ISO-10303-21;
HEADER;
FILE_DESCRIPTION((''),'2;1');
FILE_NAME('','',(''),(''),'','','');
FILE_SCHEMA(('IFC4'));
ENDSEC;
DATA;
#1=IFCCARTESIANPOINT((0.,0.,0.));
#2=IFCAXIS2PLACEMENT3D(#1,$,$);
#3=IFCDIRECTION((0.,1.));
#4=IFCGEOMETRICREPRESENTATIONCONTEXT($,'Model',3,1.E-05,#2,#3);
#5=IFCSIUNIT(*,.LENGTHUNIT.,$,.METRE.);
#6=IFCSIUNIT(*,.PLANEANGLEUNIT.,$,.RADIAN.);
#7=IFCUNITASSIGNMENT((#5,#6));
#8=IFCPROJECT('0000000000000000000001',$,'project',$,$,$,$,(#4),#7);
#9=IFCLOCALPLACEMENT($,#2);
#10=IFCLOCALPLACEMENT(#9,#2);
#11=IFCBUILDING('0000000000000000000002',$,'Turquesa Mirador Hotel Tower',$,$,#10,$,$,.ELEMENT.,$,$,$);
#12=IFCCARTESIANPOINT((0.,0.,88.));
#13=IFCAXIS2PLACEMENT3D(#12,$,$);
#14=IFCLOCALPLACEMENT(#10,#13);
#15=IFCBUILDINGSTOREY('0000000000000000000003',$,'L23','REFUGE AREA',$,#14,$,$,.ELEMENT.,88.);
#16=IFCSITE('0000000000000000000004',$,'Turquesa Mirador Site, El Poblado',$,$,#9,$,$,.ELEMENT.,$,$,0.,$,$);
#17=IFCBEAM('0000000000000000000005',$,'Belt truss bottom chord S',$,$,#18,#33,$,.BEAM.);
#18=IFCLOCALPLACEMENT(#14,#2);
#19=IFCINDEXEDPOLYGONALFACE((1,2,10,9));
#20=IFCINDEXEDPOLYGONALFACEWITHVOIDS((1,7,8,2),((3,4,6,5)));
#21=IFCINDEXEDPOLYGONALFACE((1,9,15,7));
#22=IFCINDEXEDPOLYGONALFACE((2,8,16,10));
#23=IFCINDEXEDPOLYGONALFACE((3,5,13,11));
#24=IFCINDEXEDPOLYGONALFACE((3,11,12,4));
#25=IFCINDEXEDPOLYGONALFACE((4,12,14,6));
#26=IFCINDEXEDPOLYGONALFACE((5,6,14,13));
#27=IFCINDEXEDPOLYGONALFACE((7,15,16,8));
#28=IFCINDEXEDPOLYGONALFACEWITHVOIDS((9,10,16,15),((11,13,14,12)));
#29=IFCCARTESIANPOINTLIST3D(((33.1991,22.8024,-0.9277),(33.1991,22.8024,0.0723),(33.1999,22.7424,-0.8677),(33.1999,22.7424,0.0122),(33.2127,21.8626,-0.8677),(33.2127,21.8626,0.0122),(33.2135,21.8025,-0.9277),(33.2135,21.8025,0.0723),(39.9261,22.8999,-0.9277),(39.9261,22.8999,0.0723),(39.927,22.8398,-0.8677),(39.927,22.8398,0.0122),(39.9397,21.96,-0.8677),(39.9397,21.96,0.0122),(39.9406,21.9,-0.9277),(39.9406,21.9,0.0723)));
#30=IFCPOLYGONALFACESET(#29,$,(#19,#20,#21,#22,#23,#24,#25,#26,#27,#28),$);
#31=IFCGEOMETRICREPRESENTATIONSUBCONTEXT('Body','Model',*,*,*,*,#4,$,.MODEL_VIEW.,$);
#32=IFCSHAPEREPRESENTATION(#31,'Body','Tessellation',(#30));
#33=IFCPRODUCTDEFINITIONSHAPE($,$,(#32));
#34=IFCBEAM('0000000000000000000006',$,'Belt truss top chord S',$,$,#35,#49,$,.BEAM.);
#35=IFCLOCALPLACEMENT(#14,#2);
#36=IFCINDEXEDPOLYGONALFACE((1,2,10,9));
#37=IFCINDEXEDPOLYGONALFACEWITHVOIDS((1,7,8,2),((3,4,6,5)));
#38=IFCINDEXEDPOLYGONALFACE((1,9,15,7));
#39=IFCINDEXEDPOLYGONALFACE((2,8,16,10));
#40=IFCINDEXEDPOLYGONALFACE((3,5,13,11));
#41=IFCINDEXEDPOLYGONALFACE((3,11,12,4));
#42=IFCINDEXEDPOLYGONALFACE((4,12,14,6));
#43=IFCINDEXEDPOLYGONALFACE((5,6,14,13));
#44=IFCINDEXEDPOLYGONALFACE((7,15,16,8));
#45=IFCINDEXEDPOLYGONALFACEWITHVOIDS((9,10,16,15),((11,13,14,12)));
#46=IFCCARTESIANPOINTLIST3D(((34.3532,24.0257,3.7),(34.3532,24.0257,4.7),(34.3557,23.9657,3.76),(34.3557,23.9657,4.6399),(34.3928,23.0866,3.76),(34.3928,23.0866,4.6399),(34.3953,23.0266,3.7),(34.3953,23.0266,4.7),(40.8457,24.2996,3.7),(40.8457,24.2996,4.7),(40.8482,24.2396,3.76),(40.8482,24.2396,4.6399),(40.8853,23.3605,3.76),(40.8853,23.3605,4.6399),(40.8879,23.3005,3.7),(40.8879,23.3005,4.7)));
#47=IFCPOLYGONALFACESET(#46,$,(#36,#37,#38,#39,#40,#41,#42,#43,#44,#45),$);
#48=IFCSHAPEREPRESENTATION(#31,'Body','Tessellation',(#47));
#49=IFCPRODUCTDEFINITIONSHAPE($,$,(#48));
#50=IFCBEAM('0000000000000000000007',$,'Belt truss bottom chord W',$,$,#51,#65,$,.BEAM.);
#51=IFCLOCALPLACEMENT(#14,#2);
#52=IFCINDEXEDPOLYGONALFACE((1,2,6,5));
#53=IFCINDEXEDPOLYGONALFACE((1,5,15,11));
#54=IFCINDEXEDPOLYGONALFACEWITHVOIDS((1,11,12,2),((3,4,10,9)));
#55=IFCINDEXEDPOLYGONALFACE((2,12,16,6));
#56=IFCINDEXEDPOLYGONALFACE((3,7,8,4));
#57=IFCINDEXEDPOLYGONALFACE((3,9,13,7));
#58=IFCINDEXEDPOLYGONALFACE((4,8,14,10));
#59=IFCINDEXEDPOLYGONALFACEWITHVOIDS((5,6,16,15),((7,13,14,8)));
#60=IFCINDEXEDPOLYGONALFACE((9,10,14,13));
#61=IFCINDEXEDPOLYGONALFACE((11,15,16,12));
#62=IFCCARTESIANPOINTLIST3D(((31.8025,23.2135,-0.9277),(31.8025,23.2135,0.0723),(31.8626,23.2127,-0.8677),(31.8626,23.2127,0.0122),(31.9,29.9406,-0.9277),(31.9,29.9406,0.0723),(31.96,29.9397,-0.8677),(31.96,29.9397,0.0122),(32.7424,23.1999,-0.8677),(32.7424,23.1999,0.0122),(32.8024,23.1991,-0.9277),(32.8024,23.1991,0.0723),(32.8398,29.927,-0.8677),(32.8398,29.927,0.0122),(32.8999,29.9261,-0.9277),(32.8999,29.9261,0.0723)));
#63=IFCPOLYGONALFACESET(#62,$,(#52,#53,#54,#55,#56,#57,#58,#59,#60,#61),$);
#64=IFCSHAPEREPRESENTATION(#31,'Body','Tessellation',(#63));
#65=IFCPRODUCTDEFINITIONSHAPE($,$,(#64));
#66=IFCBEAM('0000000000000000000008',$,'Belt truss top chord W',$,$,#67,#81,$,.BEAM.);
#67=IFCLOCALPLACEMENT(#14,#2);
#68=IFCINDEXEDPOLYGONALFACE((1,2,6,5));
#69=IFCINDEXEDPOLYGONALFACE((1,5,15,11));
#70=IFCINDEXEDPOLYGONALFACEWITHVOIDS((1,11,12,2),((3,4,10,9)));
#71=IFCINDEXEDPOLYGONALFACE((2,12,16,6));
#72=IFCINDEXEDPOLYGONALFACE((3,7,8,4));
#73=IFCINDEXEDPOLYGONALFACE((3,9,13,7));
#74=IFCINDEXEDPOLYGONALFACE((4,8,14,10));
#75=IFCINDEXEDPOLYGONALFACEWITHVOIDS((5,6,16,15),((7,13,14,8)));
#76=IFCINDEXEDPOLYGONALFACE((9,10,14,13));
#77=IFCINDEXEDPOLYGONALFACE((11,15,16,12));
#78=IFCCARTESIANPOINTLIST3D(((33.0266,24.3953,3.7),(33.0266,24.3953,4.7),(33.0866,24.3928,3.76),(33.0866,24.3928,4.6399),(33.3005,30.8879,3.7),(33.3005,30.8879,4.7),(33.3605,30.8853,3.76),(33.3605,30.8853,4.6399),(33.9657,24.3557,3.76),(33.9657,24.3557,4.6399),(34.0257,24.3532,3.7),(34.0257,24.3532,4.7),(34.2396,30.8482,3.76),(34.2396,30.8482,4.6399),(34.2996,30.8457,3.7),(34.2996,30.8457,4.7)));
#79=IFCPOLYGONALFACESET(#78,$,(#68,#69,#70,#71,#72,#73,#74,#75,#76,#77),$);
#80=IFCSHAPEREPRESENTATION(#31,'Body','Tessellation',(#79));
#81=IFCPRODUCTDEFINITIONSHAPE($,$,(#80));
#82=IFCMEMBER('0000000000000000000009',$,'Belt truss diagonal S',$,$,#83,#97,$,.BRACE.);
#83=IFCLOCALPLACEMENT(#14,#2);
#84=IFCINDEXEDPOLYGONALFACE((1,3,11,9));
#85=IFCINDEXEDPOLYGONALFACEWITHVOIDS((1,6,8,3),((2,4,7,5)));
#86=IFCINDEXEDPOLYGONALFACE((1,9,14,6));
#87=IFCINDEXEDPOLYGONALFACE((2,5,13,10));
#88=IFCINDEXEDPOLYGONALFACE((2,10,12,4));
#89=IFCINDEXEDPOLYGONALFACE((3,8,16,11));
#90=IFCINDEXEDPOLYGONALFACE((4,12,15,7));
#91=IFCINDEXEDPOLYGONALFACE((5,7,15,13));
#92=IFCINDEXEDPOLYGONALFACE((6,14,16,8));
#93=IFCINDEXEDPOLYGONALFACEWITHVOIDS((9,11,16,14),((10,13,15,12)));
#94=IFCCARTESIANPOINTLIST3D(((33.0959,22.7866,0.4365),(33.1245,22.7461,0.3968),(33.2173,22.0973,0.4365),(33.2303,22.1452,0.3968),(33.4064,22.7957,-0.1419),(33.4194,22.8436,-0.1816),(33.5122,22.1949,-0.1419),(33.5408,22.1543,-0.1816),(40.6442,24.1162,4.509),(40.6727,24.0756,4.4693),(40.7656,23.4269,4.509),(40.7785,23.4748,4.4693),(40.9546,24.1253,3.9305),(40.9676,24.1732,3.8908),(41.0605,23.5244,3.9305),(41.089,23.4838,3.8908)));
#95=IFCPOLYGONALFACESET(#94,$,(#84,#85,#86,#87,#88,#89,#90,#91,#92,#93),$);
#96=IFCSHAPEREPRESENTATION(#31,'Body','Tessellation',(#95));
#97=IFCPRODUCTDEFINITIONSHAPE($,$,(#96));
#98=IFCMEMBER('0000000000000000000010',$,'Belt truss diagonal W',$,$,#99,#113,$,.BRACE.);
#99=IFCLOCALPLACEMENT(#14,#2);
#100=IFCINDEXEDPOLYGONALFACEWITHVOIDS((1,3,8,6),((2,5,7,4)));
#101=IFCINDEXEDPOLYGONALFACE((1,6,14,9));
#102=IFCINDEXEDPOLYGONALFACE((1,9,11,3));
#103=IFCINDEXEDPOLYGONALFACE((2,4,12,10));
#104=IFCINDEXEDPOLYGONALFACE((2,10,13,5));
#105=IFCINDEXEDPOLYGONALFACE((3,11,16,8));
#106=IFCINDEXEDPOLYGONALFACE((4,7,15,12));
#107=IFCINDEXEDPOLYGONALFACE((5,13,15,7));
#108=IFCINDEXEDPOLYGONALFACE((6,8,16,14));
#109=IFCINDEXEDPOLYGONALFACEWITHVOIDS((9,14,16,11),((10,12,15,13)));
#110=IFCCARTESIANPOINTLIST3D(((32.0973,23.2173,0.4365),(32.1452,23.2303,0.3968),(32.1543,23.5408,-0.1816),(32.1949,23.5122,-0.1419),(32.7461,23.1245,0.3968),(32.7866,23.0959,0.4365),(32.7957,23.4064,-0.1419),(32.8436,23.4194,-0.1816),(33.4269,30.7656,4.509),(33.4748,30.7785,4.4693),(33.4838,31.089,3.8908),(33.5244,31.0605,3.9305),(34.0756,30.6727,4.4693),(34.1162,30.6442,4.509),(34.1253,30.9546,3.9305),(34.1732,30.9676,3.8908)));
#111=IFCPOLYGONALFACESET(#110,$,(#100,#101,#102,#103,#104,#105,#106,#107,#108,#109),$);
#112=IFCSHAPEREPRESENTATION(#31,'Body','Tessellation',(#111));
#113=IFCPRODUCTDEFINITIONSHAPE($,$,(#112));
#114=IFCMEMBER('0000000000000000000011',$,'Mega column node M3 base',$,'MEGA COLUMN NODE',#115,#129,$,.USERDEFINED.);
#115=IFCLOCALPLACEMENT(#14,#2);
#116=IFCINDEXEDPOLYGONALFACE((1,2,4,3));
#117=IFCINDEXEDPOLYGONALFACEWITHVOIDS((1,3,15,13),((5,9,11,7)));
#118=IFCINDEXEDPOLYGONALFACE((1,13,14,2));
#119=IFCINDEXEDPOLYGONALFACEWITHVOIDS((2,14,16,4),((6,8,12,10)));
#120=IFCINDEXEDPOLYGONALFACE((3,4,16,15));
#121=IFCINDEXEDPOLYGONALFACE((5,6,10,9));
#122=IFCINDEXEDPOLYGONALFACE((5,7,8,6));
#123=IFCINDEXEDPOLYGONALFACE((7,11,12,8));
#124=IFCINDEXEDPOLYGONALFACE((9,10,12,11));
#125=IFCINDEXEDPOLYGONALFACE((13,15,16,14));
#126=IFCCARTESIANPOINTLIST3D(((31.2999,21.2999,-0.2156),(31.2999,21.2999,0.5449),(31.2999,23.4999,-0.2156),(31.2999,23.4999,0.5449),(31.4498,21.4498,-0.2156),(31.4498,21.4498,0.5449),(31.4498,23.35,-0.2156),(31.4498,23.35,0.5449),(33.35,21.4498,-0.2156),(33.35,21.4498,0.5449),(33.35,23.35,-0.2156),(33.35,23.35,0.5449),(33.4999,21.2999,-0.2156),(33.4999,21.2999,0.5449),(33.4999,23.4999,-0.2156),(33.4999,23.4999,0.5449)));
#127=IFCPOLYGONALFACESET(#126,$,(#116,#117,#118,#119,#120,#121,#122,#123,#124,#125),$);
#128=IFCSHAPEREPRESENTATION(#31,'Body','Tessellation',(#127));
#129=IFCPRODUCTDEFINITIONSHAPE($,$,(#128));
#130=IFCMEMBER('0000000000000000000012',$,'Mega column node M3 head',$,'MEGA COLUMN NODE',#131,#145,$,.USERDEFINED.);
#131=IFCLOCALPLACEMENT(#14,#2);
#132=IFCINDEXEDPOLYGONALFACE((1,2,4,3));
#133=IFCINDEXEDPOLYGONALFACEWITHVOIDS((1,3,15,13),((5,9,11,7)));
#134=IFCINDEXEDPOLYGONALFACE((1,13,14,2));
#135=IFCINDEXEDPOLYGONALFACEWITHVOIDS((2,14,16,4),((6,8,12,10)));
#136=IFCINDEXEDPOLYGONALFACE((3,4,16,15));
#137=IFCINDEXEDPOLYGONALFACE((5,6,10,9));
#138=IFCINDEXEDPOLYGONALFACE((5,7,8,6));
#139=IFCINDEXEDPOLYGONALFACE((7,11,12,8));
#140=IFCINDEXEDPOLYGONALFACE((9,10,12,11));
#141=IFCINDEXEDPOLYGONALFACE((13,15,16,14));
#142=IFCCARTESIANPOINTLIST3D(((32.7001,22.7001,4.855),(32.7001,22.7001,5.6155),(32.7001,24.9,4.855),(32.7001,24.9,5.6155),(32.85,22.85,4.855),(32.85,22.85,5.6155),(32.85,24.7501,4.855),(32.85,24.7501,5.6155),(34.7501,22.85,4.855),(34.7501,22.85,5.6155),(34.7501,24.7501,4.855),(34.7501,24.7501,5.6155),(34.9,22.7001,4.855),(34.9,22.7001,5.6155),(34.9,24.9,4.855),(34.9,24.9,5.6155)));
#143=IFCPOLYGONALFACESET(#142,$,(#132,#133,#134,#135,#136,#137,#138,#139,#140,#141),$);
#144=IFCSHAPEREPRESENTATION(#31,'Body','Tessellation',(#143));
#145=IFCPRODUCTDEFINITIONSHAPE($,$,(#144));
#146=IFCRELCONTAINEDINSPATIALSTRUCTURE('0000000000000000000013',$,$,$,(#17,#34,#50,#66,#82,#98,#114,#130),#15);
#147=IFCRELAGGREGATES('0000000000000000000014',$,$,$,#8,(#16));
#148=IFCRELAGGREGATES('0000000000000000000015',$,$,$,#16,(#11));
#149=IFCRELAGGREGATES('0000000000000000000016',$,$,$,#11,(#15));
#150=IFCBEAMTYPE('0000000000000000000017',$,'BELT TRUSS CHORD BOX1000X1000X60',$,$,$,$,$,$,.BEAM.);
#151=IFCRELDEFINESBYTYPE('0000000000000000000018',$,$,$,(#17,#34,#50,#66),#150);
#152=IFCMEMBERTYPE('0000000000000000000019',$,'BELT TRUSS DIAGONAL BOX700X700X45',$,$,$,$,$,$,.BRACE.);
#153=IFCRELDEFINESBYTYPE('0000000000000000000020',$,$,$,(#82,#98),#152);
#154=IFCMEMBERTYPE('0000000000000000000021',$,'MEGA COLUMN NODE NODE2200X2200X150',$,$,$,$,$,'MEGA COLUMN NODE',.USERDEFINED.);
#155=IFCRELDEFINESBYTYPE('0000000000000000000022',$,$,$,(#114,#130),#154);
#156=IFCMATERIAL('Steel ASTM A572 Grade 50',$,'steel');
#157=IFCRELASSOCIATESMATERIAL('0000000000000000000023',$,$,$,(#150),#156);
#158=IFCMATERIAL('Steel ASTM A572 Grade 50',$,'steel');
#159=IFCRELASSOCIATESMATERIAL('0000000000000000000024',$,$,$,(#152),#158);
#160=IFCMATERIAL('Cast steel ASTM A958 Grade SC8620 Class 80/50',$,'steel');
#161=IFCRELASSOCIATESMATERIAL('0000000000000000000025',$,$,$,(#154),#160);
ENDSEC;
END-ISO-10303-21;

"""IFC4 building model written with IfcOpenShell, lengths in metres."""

from ifc_helpers import new_model, si_unit, direction, frame, origin, origin_2d, place, context, subcontext, project, spatial, hollow_rectangle, extrude, material, material_profile, profile_set, type_object, element, save


model = new_model("IFC4")

# Units and contexts
model_context = context("Model", 3, precision=1e-05, world=origin(), true_north=direction((0.0, 1.0)))
body_context = subcontext(model_context, "Body", "Model", "MODEL_VIEW")
ifc_project = project(units=[si_unit("LENGTHUNIT", "METRE"), si_unit("PLANEANGLEUNIT", "RADIAN")], contexts=[model_context])

# Site, building, storey
site_placement = place(None, origin())
site = spatial("IfcSite", under=ifc_project, at=site_placement, Name="Turquesa Mirador Site, El Poblado", CompositionType="ELEMENT", RefElevation=0.0)
building_placement = place(site_placement, origin())
building = spatial("IfcBuilding", under=site, at=building_placement, Name="Turquesa Mirador Hotel Tower", CompositionType="ELEMENT")
storey_placement = place(building_placement, frame((0.0, 0.0, 88.0)))
storey = spatial("IfcBuildingStorey", under=building, at=storey_placement, Name="L23", Description="REFUGE AREA", CompositionType="ELEMENT", Elevation=88.0)

# Beams
ifc_material_1 = material(Name="Steel ASTM A572 Grade 50", Category="steel")
ifc_material_profile_1 = material_profile(ifc_material_1, hollow_rectangle(XDim=1.0, YDim=1.0, WallThickness=0.0601, at=origin_2d()), Name="BOX1000X1000X60")
ifc_profile_set_1 = profile_set([ifc_material_profile_1], Name="Steel ASTM A572 Grade 50")
beam_type = type_object("IfcBeamType", Name="BELT TRUSS CHORD BOX1000X1000X60", PredefinedType="BEAM", material=ifc_profile_set_1)
beam_1_placement = place(storey_placement, frame((33.2063, 22.3025, -0.4277), z_axis=(0.999895, 0.014479, 0.0), x_axis=(-0.014479, 0.999895, 0.0)))
element("IfcBeam", 1, at=beam_1_placement, inside=storey, type_object=beam_type, Name="Belt truss bottom chord S", PredefinedType="BEAM", context=body_context, shape_type="SweptSolid", body=[
    extrude(hollow_rectangle(XDim=1.0, YDim=1.0, WallThickness=0.0601, at=origin_2d()), origin(), (0.0, 0.0, 1.0), 6.7278),
])
beam_2_placement = place(storey_placement, frame((34.3743, 23.5261, 4.2), z_axis=(0.999111, 0.042154, 0.0), x_axis=(-0.042154, 0.999111, 0.0)))
element("IfcBeam", 2, at=beam_2_placement, inside=storey, type_object=beam_type, Name="Belt truss top chord S", PredefinedType="BEAM", context=body_context, shape_type="SweptSolid", body=[
    extrude(hollow_rectangle(XDim=1.0, YDim=1.0, WallThickness=0.0601, at=origin_2d()), origin(), (0.0, 0.0, 1.0), 6.4983),
])
beam_3_placement = place(storey_placement, frame((32.3025, 23.2063, -0.4277), z_axis=(0.014479, 0.999895, 0.0), x_axis=(-0.999895, 0.014479, 0.0)))
element("IfcBeam", 3, at=beam_3_placement, inside=storey, type_object=beam_type, Name="Belt truss bottom chord W", PredefinedType="BEAM", context=body_context, shape_type="SweptSolid", body=[
    extrude(hollow_rectangle(XDim=1.0, YDim=1.0, WallThickness=0.0601, at=origin_2d()), origin(), (0.0, 0.0, 1.0), 6.7278),
])
beam_4_placement = place(storey_placement, frame((33.5261, 24.3743, 4.2), z_axis=(0.042154, 0.999111, 0.0), x_axis=(-0.999111, 0.042154, 0.0)))
element("IfcBeam", 4, at=beam_4_placement, inside=storey, type_object=beam_type, Name="Belt truss top chord W", PredefinedType="BEAM", context=body_context, shape_type="SweptSolid", body=[
    extrude(hollow_rectangle(XDim=1.0, YDim=1.0, WallThickness=0.0601, at=origin_2d()), origin(), (0.0, 0.0, 1.0), 6.4983),
])

# Members
ifc_material_2 = material(Name="Steel ASTM A572 Grade 50", Category="steel")
ifc_material_profile_2 = material_profile(ifc_material_2, hollow_rectangle(XDim=0.7, YDim=0.7, WallThickness=0.0449, at=origin_2d()), Name="BOX700X700X45")
ifc_profile_set_2 = profile_set([ifc_material_profile_2], Name="Steel ASTM A572 Grade 50")
member_type_1 = type_object("IfcMemberType", Name="BELT TRUSS DIAGONAL BOX700X700X45", PredefinedType="BRACE", material=ifc_profile_set_2)
for number, where, z_axis, x_axis, name in (
    (5, (33.3184, 22.4705, 0.1274), (0.869693, 0.153191, 0.46922), (-0.173473, 0.984839, 0.0), "Belt truss diagonal S"),
    (6, (32.4705, 23.3184, 0.1274), (0.153191, 0.869693, 0.46922), (-0.984839, 0.173473, 0.0), "Belt truss diagonal W"),
):
    element("IfcMember", number, at=place(storey_placement, frame(where, z_axis=z_axis, x_axis=x_axis)), inside=storey, type_object=member_type_1, Name=name, PredefinedType="BRACE", context=body_context, shape_type="SweptSolid", body=[
        extrude(hollow_rectangle(XDim=0.7, YDim=0.7, WallThickness=0.0449, at=origin_2d()), origin(), (0.0, 0.0, 1.0), 8.6792),
    ])
ifc_material_3 = material(Name="Cast steel ASTM A958 Grade SC8620 Class 80/50", Category="steel")
ifc_material_profile_3 = material_profile(ifc_material_3, hollow_rectangle(XDim=2.2, YDim=2.2, WallThickness=0.1499, at=origin_2d()), Name="NODE2200X2200X150")
ifc_profile_set_3 = profile_set([ifc_material_profile_3], Name="Cast steel ASTM A958 Grade SC8620 Class 80/50")
member_type_2 = type_object("IfcMemberType", Name="MEGA COLUMN NODE NODE2200X2200X150", ElementType="MEGA COLUMN NODE", PredefinedType="USERDEFINED", material=ifc_profile_set_3)
for number, where, z_axis, x_axis, name in (
    (7, (32.3999, 22.3999, -0.2156), (0.0, 0.0, 1.0), (1.0, 0.0, 0.0), "Mega column node M3 base"),
    (8, (33.8, 23.8, 4.855), (0.0, 0.0, 1.0), (1.0, 0.0, 0.0), "Mega column node M3 head"),
):
    element("IfcMember", number, at=place(storey_placement, frame(where, z_axis=z_axis, x_axis=x_axis)), inside=storey, type_object=member_type_2, Name=name, ObjectType="MEGA COLUMN NODE", PredefinedType="USERDEFINED", context=body_context, shape_type="SweptSolid", body=[
        extrude(hollow_rectangle(XDim=2.2, YDim=2.2, WallThickness=0.1499, at=origin_2d()), origin(), (0.0, 0.0, 1.0), 0.7605),
    ])

save(model, "model.ifc")
